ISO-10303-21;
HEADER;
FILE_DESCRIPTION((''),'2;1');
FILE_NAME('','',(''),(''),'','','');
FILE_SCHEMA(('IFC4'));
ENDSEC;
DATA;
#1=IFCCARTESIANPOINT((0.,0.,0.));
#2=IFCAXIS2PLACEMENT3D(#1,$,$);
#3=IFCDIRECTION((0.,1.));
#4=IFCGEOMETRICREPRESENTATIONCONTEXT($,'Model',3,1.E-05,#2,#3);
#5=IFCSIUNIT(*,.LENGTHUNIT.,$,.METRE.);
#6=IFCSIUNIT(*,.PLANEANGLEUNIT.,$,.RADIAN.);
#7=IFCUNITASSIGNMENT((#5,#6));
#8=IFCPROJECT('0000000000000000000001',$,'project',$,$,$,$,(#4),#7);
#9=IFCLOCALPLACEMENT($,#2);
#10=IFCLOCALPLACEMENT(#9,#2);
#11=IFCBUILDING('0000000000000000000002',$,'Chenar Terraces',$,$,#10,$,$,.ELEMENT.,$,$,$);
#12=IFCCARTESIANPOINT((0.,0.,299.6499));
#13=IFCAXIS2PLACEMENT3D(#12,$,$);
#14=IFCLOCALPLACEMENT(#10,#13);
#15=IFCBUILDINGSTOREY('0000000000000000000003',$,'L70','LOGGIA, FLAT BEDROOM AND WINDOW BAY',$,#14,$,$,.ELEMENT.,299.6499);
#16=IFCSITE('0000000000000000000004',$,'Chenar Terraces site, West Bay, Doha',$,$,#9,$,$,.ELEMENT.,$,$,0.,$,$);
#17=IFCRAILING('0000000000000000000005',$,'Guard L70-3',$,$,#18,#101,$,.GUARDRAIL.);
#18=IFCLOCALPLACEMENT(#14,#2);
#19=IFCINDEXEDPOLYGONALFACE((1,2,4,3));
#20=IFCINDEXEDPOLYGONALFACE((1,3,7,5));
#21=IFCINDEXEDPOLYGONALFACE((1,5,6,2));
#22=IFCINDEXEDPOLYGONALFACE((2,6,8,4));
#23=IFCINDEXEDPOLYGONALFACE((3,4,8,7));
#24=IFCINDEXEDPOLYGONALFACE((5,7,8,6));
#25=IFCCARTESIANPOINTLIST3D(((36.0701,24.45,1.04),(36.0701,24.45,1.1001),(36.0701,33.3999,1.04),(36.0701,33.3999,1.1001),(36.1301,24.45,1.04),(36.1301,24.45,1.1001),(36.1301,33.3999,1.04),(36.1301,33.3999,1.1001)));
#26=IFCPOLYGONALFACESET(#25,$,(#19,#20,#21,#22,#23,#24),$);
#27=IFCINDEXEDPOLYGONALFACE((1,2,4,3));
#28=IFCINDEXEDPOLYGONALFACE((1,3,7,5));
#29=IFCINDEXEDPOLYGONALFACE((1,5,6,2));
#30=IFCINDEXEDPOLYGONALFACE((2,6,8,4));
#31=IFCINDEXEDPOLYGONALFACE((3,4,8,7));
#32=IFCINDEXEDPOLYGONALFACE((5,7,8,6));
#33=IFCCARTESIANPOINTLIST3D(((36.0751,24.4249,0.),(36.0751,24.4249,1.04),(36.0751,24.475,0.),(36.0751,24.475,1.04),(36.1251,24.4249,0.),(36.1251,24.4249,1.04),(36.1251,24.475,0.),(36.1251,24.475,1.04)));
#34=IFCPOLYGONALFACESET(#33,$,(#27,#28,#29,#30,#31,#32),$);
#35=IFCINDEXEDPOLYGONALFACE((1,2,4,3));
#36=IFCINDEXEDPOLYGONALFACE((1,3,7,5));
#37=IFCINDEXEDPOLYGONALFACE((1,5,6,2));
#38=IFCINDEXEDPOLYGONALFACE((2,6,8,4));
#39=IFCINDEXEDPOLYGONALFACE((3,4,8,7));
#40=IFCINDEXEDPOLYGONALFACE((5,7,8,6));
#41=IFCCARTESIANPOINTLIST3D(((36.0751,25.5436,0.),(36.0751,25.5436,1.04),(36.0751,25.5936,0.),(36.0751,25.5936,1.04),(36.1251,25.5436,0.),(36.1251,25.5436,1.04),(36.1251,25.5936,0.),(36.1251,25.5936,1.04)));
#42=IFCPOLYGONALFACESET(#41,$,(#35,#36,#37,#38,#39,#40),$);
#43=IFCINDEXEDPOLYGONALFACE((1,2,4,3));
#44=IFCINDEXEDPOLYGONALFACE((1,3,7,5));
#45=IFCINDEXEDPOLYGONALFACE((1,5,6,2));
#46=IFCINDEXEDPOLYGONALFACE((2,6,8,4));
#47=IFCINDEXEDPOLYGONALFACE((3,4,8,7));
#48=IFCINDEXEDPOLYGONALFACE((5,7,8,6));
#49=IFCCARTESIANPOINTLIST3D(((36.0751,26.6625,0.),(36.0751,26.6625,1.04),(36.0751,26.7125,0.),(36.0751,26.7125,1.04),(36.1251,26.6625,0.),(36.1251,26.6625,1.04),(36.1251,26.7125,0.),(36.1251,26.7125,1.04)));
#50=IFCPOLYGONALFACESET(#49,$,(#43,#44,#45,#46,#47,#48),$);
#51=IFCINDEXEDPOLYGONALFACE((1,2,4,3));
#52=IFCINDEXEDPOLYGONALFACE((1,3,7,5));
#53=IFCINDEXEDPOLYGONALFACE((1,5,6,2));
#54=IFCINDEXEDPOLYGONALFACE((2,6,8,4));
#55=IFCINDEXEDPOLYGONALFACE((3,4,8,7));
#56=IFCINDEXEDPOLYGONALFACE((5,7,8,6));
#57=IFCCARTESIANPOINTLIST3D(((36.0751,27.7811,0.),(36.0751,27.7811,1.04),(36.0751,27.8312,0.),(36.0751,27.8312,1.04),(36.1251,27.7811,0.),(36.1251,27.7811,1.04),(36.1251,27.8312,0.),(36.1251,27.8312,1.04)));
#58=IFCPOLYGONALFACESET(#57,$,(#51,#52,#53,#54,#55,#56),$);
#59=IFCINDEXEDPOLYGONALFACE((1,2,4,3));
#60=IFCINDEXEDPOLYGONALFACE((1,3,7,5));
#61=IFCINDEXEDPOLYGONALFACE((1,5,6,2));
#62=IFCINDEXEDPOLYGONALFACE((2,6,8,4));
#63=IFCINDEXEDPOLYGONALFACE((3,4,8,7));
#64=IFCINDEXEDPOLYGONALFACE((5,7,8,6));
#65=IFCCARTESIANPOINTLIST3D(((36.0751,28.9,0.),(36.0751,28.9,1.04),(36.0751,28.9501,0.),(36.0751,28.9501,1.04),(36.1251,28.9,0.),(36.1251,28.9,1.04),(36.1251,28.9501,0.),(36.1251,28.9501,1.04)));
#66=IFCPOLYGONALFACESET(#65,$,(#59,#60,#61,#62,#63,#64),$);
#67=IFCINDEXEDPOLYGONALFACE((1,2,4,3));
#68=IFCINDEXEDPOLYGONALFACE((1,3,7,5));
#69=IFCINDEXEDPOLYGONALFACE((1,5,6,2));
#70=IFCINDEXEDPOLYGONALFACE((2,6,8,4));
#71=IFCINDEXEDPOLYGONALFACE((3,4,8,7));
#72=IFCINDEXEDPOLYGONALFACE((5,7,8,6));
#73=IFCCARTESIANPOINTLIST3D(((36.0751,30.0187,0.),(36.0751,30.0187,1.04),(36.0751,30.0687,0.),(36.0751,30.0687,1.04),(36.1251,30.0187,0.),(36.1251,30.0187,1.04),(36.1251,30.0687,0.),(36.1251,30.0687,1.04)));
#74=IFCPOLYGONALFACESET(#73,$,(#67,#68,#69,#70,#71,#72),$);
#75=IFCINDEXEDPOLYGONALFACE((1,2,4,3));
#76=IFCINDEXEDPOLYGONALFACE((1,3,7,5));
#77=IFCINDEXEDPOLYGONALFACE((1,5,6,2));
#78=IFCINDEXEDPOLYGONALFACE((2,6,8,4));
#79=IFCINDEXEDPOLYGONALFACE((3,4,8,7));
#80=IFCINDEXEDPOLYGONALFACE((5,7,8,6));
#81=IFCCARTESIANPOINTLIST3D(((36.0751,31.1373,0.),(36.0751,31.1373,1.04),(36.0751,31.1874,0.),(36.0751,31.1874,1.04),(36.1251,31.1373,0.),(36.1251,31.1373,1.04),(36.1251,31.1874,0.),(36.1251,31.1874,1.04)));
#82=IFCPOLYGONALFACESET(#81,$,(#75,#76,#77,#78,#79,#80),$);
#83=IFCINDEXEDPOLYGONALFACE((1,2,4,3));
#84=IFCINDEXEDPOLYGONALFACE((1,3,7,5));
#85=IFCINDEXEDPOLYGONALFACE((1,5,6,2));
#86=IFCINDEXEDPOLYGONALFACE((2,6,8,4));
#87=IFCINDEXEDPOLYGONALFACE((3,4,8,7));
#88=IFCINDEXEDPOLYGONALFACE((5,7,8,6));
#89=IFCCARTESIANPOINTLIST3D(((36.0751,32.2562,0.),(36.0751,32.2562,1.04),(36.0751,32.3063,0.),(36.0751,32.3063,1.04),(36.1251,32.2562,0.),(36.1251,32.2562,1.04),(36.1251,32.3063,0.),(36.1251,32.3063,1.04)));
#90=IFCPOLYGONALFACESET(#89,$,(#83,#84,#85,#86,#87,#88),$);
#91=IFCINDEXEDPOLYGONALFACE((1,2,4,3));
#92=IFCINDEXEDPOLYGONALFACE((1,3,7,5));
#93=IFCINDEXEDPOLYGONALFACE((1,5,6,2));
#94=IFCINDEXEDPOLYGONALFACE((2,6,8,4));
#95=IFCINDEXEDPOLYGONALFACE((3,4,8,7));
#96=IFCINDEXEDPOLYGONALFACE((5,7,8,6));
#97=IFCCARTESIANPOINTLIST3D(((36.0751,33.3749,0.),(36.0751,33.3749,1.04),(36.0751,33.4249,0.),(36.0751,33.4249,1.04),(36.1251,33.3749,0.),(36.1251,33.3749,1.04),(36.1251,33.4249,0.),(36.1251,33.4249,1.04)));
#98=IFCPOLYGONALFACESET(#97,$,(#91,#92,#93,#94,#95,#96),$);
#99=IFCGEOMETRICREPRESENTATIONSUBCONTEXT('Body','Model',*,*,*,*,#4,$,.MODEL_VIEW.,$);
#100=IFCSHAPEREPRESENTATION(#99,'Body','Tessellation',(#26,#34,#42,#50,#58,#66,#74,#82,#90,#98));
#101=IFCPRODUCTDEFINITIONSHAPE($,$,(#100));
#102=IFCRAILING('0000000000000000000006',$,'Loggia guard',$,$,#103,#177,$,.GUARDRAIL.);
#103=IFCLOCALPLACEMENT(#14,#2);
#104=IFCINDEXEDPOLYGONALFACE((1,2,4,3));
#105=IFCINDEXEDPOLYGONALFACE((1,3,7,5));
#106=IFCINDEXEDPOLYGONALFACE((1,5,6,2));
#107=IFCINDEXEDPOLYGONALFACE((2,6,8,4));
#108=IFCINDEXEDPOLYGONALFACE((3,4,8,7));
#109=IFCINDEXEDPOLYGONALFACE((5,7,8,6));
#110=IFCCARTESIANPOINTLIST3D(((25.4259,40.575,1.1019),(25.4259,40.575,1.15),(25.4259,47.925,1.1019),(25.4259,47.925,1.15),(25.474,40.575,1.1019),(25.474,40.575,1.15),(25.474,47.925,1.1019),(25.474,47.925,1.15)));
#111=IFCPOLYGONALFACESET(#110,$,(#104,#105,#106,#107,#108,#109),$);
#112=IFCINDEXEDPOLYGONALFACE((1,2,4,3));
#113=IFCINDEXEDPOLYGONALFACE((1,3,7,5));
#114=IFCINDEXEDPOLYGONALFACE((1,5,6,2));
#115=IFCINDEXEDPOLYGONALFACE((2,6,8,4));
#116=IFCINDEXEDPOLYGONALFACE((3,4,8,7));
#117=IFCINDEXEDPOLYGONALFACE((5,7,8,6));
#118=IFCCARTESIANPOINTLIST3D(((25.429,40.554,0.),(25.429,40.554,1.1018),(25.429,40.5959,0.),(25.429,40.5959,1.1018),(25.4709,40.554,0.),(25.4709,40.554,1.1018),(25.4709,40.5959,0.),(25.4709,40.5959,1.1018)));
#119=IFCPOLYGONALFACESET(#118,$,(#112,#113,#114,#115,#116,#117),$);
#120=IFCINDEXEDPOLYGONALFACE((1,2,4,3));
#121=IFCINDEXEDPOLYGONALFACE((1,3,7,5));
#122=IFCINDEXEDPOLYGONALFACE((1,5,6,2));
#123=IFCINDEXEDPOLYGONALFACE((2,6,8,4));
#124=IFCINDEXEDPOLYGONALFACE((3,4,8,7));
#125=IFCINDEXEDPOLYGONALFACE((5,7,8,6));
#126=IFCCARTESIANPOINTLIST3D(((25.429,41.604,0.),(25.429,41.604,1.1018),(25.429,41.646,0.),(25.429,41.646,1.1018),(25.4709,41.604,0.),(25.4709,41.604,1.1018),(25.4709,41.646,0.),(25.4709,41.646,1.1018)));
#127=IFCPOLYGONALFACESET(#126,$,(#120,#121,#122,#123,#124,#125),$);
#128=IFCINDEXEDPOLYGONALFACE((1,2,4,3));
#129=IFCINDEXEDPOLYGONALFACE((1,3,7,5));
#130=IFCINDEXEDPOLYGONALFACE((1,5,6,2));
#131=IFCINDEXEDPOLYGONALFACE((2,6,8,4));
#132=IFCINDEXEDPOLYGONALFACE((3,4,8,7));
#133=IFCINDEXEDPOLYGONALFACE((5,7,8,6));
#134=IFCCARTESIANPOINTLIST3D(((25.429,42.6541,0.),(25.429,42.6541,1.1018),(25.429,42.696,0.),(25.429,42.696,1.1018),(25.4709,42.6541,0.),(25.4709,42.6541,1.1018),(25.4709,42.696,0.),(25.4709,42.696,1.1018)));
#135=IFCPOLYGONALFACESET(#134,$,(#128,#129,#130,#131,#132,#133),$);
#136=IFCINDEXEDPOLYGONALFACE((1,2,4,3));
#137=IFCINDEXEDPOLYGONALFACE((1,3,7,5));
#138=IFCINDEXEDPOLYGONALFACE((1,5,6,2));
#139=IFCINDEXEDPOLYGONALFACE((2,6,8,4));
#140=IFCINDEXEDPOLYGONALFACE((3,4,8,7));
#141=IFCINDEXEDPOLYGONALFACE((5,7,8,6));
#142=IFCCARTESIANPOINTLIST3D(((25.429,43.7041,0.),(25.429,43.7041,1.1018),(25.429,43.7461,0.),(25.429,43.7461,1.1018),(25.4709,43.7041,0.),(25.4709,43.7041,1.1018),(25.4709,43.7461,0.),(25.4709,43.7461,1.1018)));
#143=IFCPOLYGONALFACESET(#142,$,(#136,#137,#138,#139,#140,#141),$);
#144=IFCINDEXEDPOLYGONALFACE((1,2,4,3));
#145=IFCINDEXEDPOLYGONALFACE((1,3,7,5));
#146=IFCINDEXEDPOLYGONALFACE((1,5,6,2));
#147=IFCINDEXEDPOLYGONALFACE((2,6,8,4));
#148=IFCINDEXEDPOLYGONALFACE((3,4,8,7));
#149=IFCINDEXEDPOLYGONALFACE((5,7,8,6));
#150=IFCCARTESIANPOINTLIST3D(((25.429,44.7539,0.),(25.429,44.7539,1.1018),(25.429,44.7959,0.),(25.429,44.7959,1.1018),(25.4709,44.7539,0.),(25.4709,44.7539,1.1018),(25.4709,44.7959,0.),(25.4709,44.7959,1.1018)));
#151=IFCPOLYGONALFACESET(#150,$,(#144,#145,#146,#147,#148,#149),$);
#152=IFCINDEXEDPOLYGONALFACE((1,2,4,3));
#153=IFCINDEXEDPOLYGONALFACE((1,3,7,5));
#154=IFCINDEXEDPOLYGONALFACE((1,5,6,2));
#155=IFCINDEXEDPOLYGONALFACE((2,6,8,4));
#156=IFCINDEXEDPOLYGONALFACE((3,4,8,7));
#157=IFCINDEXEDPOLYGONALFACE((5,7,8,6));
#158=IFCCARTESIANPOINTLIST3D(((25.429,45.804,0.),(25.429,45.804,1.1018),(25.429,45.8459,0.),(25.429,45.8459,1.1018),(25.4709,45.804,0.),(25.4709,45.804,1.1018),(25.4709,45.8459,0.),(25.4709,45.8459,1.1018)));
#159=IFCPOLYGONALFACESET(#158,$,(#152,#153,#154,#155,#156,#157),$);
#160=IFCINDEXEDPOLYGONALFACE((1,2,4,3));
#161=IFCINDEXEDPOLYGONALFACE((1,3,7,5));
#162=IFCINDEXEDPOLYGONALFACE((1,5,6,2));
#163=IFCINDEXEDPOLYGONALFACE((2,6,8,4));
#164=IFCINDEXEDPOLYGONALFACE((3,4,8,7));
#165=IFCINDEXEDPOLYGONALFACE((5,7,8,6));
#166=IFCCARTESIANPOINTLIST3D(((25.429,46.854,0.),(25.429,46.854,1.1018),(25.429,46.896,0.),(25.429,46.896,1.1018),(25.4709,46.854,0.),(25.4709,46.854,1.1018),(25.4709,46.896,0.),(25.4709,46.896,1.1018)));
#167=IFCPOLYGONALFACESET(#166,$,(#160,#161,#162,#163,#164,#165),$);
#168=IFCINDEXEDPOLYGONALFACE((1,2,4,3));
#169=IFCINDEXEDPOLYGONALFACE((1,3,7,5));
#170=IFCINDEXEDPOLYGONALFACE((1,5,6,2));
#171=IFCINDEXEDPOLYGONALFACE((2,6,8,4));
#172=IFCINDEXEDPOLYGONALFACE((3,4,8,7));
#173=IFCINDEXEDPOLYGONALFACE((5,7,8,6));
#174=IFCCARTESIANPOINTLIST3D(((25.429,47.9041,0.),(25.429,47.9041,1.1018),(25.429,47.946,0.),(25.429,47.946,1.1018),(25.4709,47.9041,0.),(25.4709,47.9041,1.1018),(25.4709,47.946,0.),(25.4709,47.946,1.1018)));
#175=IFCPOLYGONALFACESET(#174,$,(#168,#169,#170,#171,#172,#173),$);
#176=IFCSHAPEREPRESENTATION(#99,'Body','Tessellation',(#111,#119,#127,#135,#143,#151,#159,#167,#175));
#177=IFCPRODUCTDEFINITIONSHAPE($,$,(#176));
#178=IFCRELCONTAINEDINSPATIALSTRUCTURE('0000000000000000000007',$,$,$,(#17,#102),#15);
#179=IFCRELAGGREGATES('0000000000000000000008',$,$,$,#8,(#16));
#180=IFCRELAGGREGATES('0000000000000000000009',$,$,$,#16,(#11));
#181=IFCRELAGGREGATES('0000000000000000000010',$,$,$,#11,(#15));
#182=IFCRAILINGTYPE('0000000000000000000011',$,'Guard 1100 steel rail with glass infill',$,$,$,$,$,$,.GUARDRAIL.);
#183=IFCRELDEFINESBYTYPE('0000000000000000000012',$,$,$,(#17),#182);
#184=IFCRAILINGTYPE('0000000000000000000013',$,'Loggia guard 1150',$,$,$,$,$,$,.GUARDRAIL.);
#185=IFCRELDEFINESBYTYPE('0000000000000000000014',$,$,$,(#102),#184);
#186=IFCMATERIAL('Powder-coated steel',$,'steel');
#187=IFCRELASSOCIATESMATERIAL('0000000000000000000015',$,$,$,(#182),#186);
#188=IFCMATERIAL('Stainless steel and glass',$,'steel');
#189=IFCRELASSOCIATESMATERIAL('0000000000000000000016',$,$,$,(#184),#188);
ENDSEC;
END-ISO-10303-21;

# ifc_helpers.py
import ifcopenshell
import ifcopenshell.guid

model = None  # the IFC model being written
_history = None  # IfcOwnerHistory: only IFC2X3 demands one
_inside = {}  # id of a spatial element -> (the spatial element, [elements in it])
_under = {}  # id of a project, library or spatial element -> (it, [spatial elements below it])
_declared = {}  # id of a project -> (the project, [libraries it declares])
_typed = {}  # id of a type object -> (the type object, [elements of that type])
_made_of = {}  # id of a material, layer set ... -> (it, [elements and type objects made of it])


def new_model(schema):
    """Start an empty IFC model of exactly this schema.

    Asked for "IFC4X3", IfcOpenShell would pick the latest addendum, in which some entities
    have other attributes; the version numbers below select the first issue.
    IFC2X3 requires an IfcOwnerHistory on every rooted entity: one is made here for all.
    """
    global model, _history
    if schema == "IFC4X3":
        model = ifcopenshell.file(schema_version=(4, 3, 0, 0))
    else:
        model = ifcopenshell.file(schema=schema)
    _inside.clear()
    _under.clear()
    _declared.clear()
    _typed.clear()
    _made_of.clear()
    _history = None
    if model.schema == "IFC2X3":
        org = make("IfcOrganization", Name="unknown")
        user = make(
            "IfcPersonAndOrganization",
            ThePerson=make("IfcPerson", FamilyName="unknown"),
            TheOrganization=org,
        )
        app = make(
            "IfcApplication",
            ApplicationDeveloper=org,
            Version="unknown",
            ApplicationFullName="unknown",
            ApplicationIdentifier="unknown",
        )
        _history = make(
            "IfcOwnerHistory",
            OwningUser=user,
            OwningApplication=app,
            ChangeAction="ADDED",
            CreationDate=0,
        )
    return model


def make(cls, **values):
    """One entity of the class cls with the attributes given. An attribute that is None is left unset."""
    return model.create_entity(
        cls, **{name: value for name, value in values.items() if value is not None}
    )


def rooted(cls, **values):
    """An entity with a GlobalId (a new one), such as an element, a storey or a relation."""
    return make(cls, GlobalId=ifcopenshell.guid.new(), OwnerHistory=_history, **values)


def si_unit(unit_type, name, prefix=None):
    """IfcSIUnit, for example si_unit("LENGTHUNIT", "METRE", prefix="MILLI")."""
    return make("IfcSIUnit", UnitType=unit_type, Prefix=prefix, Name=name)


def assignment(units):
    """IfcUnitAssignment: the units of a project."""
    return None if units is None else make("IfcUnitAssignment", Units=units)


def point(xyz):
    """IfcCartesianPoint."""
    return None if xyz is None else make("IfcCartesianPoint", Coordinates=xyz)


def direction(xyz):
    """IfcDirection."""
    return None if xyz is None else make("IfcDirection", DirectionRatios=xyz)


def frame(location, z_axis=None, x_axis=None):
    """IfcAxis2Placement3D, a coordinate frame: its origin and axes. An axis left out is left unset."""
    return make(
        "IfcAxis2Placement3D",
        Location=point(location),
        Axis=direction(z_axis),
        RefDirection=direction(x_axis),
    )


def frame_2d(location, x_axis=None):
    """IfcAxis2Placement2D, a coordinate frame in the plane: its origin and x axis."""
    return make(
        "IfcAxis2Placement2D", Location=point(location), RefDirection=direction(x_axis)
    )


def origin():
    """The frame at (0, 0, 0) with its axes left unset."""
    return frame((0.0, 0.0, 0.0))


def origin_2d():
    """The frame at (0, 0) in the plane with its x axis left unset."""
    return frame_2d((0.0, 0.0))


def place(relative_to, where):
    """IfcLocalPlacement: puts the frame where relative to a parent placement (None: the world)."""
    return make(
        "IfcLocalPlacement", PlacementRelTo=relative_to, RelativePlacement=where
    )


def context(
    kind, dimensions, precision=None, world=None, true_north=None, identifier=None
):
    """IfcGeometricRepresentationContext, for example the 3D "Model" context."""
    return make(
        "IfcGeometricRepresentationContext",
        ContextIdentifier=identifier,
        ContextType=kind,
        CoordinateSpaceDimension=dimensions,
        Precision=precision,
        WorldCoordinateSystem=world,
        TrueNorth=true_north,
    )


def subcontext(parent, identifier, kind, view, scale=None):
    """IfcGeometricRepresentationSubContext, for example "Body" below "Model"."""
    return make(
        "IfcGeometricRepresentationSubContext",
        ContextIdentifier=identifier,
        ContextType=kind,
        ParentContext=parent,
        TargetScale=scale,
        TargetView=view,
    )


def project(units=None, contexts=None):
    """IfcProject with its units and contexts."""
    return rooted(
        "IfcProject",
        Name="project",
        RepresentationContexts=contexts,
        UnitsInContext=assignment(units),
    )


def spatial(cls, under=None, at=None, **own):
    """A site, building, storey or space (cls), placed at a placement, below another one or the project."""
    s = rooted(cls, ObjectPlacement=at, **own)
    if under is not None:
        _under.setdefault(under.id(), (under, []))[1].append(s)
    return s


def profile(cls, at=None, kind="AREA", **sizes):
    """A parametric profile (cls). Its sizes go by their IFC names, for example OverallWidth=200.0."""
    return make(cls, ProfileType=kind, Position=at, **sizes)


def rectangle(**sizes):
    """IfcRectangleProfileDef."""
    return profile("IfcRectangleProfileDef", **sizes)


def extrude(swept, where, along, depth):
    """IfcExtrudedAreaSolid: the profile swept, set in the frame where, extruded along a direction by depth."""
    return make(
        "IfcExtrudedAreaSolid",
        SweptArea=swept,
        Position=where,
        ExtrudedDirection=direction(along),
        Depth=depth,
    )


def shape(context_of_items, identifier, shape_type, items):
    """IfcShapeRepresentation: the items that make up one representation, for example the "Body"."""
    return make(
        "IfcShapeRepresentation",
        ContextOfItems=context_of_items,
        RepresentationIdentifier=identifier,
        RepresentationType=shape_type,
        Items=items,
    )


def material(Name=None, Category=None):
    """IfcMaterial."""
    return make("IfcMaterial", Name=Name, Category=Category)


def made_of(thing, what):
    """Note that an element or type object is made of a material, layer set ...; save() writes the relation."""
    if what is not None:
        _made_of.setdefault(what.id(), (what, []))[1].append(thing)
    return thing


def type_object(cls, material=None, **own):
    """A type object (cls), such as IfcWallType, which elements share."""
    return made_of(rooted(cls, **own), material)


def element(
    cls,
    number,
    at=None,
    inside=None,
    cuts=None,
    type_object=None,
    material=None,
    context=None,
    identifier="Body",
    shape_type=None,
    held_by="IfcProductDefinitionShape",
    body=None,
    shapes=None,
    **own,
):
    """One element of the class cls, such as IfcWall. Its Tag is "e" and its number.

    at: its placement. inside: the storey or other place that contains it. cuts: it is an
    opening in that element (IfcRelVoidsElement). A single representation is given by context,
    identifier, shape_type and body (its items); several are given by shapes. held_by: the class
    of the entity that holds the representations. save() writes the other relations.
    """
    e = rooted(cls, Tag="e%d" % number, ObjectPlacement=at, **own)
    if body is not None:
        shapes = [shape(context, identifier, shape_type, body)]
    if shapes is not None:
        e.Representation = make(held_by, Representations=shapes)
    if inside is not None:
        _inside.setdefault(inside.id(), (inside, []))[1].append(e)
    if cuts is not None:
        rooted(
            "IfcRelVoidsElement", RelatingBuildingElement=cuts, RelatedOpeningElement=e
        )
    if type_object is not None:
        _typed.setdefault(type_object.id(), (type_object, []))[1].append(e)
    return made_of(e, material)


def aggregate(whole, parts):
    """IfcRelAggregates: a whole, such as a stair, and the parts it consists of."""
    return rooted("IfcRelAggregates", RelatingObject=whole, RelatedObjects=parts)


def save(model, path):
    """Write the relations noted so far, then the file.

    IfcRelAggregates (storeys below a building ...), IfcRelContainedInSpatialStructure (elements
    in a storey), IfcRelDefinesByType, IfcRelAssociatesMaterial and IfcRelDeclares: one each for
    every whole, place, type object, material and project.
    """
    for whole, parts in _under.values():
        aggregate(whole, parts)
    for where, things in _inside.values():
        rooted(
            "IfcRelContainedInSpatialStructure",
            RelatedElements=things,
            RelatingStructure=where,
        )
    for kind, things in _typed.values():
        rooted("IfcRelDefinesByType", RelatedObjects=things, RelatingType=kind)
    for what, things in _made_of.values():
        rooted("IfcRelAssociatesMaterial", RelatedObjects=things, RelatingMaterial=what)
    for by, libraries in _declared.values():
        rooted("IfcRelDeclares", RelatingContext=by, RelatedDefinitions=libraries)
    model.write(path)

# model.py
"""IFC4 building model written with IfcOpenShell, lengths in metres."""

from ifc_helpers import new_model, si_unit, direction, frame, origin, origin_2d, place, context, subcontext, project, spatial, rectangle, extrude, material, type_object, element, save


model = new_model("IFC4")

# Units and contexts
model_context = context("Model", 3, precision=1e-05, world=origin(), true_north=direction((0.0, 1.0)))
body_context = subcontext(model_context, "Body", "Model", "MODEL_VIEW")
ifc_project = project(units=[si_unit("LENGTHUNIT", "METRE"), si_unit("PLANEANGLEUNIT", "RADIAN")], contexts=[model_context])

# Site, building, storey
site_placement = place(None, origin())
site = spatial("IfcSite", under=ifc_project, at=site_placement, Name="Chenar Terraces site, West Bay, Doha", CompositionType="ELEMENT", RefElevation=0.0)
building_placement = place(site_placement, origin())
building = spatial("IfcBuilding", under=site, at=building_placement, Name="Chenar Terraces", CompositionType="ELEMENT")
storey_placement = place(building_placement, frame((0.0, 0.0, 299.6499)))
storey = spatial("IfcBuildingStorey", under=building, at=storey_placement, Name="L70", Description="LOGGIA, FLAT BEDROOM AND WINDOW BAY", CompositionType="ELEMENT", Elevation=299.6499)

# Railings
ifc_material_1 = material(Name="Powder-coated steel", Category="steel")
railing_type_1 = type_object("IfcRailingType", Name="Guard 1100 steel rail with glass infill", PredefinedType="GUARDRAIL", material=ifc_material_1)
railing_1_placement = place(storey_placement, frame((36.1001, 24.45, 0.0)))
element("IfcRailing", 1, at=railing_1_placement, inside=storey, type_object=railing_type_1, Name="Guard L70-3", PredefinedType="GUARDRAIL", context=body_context, shape_type="SweptSolid", body=[
    extrude(rectangle(XDim=0.0601, YDim=0.0601, at=origin_2d()), frame((0.0, 0.0, 1.0701), z_axis=(0.0, 1.0, 0.0), x_axis=(-1.0, 0.0, 0.0)), (0.0, 0.0, 1.0), 8.95),
    extrude(rectangle(XDim=0.05, YDim=0.05, at=origin_2d()), origin(), (0.0, 0.0, 1.0), 1.04),
    extrude(rectangle(XDim=0.05, YDim=0.05, at=origin_2d()), frame((0.0, 1.1187, 0.0)), (0.0, 0.0, 1.0), 1.04),
    extrude(rectangle(XDim=0.05, YDim=0.05, at=origin_2d()), frame((0.0, 2.2375, 0.0)), (0.0, 0.0, 1.0), 1.04),
    extrude(rectangle(XDim=0.05, YDim=0.05, at=origin_2d()), frame((0.0, 3.3562, 0.0)), (0.0, 0.0, 1.0), 1.04),
    extrude(rectangle(XDim=0.05, YDim=0.05, at=origin_2d()), frame((0.0, 4.4751, 0.0)), (0.0, 0.0, 1.0), 1.04),
    extrude(rectangle(XDim=0.05, YDim=0.05, at=origin_2d()), frame((0.0, 5.5938, 0.0)), (0.0, 0.0, 1.0), 1.04),
    extrude(rectangle(XDim=0.05, YDim=0.05, at=origin_2d()), frame((0.0, 6.7124, 0.0)), (0.0, 0.0, 1.0), 1.04),
    extrude(rectangle(XDim=0.05, YDim=0.05, at=origin_2d()), frame((0.0, 7.8313, 0.0)), (0.0, 0.0, 1.0), 1.04),
    extrude(rectangle(XDim=0.05, YDim=0.05, at=origin_2d()), frame((0.0, 8.95, 0.0)), (0.0, 0.0, 1.0), 1.04),
])
ifc_material_2 = material(Name="Stainless steel and glass", Category="steel")
railing_type_2 = type_object("IfcRailingType", Name="Loggia guard 1150", PredefinedType="GUARDRAIL", material=ifc_material_2)
railing_2_placement = place(storey_placement, frame((25.45, 40.575, 0.0)))
element("IfcRailing", 2, at=railing_2_placement, inside=storey, type_object=railing_type_2, Name="Loggia guard", PredefinedType="GUARDRAIL", context=body_context, shape_type="SweptSolid", body=[
    extrude(rectangle(XDim=0.0481, YDim=0.0481, at=origin_2d()), frame((0.0, 0.0, 1.126), z_axis=(0.0, 1.0, 0.0), x_axis=(-1.0, 0.0, 0.0)), (0.0, 0.0, 1.0), 7.3501),
    extrude(rectangle(XDim=0.042, YDim=0.042, at=origin_2d()), origin(), (0.0, 0.0, 1.0), 1.1018),
    extrude(rectangle(XDim=0.042, YDim=0.042, at=origin_2d()), frame((0.0, 1.05, 0.0)), (0.0, 0.0, 1.0), 1.1018),
    extrude(rectangle(XDim=0.042, YDim=0.042, at=origin_2d()), frame((0.0, 2.1001, 0.0)), (0.0, 0.0, 1.0), 1.1018),
    extrude(rectangle(XDim=0.042, YDim=0.042, at=origin_2d()), frame((0.0, 3.1501, 0.0)), (0.0, 0.0, 1.0), 1.1018),
    extrude(rectangle(XDim=0.042, YDim=0.042, at=origin_2d()), frame((0.0, 4.2, 0.0)), (0.0, 0.0, 1.0), 1.1018),
    extrude(rectangle(XDim=0.042, YDim=0.042, at=origin_2d()), frame((0.0, 5.25, 0.0)), (0.0, 0.0, 1.0), 1.1018),
    extrude(rectangle(XDim=0.042, YDim=0.042, at=origin_2d()), frame((0.0, 6.3, 0.0)), (0.0, 0.0, 1.0), 1.1018),
    extrude(rectangle(XDim=0.042, YDim=0.042, at=origin_2d()), frame((0.0, 7.3501, 0.0)), (0.0, 0.0, 1.0), 1.1018),
])

save(model, "model.ifc")
